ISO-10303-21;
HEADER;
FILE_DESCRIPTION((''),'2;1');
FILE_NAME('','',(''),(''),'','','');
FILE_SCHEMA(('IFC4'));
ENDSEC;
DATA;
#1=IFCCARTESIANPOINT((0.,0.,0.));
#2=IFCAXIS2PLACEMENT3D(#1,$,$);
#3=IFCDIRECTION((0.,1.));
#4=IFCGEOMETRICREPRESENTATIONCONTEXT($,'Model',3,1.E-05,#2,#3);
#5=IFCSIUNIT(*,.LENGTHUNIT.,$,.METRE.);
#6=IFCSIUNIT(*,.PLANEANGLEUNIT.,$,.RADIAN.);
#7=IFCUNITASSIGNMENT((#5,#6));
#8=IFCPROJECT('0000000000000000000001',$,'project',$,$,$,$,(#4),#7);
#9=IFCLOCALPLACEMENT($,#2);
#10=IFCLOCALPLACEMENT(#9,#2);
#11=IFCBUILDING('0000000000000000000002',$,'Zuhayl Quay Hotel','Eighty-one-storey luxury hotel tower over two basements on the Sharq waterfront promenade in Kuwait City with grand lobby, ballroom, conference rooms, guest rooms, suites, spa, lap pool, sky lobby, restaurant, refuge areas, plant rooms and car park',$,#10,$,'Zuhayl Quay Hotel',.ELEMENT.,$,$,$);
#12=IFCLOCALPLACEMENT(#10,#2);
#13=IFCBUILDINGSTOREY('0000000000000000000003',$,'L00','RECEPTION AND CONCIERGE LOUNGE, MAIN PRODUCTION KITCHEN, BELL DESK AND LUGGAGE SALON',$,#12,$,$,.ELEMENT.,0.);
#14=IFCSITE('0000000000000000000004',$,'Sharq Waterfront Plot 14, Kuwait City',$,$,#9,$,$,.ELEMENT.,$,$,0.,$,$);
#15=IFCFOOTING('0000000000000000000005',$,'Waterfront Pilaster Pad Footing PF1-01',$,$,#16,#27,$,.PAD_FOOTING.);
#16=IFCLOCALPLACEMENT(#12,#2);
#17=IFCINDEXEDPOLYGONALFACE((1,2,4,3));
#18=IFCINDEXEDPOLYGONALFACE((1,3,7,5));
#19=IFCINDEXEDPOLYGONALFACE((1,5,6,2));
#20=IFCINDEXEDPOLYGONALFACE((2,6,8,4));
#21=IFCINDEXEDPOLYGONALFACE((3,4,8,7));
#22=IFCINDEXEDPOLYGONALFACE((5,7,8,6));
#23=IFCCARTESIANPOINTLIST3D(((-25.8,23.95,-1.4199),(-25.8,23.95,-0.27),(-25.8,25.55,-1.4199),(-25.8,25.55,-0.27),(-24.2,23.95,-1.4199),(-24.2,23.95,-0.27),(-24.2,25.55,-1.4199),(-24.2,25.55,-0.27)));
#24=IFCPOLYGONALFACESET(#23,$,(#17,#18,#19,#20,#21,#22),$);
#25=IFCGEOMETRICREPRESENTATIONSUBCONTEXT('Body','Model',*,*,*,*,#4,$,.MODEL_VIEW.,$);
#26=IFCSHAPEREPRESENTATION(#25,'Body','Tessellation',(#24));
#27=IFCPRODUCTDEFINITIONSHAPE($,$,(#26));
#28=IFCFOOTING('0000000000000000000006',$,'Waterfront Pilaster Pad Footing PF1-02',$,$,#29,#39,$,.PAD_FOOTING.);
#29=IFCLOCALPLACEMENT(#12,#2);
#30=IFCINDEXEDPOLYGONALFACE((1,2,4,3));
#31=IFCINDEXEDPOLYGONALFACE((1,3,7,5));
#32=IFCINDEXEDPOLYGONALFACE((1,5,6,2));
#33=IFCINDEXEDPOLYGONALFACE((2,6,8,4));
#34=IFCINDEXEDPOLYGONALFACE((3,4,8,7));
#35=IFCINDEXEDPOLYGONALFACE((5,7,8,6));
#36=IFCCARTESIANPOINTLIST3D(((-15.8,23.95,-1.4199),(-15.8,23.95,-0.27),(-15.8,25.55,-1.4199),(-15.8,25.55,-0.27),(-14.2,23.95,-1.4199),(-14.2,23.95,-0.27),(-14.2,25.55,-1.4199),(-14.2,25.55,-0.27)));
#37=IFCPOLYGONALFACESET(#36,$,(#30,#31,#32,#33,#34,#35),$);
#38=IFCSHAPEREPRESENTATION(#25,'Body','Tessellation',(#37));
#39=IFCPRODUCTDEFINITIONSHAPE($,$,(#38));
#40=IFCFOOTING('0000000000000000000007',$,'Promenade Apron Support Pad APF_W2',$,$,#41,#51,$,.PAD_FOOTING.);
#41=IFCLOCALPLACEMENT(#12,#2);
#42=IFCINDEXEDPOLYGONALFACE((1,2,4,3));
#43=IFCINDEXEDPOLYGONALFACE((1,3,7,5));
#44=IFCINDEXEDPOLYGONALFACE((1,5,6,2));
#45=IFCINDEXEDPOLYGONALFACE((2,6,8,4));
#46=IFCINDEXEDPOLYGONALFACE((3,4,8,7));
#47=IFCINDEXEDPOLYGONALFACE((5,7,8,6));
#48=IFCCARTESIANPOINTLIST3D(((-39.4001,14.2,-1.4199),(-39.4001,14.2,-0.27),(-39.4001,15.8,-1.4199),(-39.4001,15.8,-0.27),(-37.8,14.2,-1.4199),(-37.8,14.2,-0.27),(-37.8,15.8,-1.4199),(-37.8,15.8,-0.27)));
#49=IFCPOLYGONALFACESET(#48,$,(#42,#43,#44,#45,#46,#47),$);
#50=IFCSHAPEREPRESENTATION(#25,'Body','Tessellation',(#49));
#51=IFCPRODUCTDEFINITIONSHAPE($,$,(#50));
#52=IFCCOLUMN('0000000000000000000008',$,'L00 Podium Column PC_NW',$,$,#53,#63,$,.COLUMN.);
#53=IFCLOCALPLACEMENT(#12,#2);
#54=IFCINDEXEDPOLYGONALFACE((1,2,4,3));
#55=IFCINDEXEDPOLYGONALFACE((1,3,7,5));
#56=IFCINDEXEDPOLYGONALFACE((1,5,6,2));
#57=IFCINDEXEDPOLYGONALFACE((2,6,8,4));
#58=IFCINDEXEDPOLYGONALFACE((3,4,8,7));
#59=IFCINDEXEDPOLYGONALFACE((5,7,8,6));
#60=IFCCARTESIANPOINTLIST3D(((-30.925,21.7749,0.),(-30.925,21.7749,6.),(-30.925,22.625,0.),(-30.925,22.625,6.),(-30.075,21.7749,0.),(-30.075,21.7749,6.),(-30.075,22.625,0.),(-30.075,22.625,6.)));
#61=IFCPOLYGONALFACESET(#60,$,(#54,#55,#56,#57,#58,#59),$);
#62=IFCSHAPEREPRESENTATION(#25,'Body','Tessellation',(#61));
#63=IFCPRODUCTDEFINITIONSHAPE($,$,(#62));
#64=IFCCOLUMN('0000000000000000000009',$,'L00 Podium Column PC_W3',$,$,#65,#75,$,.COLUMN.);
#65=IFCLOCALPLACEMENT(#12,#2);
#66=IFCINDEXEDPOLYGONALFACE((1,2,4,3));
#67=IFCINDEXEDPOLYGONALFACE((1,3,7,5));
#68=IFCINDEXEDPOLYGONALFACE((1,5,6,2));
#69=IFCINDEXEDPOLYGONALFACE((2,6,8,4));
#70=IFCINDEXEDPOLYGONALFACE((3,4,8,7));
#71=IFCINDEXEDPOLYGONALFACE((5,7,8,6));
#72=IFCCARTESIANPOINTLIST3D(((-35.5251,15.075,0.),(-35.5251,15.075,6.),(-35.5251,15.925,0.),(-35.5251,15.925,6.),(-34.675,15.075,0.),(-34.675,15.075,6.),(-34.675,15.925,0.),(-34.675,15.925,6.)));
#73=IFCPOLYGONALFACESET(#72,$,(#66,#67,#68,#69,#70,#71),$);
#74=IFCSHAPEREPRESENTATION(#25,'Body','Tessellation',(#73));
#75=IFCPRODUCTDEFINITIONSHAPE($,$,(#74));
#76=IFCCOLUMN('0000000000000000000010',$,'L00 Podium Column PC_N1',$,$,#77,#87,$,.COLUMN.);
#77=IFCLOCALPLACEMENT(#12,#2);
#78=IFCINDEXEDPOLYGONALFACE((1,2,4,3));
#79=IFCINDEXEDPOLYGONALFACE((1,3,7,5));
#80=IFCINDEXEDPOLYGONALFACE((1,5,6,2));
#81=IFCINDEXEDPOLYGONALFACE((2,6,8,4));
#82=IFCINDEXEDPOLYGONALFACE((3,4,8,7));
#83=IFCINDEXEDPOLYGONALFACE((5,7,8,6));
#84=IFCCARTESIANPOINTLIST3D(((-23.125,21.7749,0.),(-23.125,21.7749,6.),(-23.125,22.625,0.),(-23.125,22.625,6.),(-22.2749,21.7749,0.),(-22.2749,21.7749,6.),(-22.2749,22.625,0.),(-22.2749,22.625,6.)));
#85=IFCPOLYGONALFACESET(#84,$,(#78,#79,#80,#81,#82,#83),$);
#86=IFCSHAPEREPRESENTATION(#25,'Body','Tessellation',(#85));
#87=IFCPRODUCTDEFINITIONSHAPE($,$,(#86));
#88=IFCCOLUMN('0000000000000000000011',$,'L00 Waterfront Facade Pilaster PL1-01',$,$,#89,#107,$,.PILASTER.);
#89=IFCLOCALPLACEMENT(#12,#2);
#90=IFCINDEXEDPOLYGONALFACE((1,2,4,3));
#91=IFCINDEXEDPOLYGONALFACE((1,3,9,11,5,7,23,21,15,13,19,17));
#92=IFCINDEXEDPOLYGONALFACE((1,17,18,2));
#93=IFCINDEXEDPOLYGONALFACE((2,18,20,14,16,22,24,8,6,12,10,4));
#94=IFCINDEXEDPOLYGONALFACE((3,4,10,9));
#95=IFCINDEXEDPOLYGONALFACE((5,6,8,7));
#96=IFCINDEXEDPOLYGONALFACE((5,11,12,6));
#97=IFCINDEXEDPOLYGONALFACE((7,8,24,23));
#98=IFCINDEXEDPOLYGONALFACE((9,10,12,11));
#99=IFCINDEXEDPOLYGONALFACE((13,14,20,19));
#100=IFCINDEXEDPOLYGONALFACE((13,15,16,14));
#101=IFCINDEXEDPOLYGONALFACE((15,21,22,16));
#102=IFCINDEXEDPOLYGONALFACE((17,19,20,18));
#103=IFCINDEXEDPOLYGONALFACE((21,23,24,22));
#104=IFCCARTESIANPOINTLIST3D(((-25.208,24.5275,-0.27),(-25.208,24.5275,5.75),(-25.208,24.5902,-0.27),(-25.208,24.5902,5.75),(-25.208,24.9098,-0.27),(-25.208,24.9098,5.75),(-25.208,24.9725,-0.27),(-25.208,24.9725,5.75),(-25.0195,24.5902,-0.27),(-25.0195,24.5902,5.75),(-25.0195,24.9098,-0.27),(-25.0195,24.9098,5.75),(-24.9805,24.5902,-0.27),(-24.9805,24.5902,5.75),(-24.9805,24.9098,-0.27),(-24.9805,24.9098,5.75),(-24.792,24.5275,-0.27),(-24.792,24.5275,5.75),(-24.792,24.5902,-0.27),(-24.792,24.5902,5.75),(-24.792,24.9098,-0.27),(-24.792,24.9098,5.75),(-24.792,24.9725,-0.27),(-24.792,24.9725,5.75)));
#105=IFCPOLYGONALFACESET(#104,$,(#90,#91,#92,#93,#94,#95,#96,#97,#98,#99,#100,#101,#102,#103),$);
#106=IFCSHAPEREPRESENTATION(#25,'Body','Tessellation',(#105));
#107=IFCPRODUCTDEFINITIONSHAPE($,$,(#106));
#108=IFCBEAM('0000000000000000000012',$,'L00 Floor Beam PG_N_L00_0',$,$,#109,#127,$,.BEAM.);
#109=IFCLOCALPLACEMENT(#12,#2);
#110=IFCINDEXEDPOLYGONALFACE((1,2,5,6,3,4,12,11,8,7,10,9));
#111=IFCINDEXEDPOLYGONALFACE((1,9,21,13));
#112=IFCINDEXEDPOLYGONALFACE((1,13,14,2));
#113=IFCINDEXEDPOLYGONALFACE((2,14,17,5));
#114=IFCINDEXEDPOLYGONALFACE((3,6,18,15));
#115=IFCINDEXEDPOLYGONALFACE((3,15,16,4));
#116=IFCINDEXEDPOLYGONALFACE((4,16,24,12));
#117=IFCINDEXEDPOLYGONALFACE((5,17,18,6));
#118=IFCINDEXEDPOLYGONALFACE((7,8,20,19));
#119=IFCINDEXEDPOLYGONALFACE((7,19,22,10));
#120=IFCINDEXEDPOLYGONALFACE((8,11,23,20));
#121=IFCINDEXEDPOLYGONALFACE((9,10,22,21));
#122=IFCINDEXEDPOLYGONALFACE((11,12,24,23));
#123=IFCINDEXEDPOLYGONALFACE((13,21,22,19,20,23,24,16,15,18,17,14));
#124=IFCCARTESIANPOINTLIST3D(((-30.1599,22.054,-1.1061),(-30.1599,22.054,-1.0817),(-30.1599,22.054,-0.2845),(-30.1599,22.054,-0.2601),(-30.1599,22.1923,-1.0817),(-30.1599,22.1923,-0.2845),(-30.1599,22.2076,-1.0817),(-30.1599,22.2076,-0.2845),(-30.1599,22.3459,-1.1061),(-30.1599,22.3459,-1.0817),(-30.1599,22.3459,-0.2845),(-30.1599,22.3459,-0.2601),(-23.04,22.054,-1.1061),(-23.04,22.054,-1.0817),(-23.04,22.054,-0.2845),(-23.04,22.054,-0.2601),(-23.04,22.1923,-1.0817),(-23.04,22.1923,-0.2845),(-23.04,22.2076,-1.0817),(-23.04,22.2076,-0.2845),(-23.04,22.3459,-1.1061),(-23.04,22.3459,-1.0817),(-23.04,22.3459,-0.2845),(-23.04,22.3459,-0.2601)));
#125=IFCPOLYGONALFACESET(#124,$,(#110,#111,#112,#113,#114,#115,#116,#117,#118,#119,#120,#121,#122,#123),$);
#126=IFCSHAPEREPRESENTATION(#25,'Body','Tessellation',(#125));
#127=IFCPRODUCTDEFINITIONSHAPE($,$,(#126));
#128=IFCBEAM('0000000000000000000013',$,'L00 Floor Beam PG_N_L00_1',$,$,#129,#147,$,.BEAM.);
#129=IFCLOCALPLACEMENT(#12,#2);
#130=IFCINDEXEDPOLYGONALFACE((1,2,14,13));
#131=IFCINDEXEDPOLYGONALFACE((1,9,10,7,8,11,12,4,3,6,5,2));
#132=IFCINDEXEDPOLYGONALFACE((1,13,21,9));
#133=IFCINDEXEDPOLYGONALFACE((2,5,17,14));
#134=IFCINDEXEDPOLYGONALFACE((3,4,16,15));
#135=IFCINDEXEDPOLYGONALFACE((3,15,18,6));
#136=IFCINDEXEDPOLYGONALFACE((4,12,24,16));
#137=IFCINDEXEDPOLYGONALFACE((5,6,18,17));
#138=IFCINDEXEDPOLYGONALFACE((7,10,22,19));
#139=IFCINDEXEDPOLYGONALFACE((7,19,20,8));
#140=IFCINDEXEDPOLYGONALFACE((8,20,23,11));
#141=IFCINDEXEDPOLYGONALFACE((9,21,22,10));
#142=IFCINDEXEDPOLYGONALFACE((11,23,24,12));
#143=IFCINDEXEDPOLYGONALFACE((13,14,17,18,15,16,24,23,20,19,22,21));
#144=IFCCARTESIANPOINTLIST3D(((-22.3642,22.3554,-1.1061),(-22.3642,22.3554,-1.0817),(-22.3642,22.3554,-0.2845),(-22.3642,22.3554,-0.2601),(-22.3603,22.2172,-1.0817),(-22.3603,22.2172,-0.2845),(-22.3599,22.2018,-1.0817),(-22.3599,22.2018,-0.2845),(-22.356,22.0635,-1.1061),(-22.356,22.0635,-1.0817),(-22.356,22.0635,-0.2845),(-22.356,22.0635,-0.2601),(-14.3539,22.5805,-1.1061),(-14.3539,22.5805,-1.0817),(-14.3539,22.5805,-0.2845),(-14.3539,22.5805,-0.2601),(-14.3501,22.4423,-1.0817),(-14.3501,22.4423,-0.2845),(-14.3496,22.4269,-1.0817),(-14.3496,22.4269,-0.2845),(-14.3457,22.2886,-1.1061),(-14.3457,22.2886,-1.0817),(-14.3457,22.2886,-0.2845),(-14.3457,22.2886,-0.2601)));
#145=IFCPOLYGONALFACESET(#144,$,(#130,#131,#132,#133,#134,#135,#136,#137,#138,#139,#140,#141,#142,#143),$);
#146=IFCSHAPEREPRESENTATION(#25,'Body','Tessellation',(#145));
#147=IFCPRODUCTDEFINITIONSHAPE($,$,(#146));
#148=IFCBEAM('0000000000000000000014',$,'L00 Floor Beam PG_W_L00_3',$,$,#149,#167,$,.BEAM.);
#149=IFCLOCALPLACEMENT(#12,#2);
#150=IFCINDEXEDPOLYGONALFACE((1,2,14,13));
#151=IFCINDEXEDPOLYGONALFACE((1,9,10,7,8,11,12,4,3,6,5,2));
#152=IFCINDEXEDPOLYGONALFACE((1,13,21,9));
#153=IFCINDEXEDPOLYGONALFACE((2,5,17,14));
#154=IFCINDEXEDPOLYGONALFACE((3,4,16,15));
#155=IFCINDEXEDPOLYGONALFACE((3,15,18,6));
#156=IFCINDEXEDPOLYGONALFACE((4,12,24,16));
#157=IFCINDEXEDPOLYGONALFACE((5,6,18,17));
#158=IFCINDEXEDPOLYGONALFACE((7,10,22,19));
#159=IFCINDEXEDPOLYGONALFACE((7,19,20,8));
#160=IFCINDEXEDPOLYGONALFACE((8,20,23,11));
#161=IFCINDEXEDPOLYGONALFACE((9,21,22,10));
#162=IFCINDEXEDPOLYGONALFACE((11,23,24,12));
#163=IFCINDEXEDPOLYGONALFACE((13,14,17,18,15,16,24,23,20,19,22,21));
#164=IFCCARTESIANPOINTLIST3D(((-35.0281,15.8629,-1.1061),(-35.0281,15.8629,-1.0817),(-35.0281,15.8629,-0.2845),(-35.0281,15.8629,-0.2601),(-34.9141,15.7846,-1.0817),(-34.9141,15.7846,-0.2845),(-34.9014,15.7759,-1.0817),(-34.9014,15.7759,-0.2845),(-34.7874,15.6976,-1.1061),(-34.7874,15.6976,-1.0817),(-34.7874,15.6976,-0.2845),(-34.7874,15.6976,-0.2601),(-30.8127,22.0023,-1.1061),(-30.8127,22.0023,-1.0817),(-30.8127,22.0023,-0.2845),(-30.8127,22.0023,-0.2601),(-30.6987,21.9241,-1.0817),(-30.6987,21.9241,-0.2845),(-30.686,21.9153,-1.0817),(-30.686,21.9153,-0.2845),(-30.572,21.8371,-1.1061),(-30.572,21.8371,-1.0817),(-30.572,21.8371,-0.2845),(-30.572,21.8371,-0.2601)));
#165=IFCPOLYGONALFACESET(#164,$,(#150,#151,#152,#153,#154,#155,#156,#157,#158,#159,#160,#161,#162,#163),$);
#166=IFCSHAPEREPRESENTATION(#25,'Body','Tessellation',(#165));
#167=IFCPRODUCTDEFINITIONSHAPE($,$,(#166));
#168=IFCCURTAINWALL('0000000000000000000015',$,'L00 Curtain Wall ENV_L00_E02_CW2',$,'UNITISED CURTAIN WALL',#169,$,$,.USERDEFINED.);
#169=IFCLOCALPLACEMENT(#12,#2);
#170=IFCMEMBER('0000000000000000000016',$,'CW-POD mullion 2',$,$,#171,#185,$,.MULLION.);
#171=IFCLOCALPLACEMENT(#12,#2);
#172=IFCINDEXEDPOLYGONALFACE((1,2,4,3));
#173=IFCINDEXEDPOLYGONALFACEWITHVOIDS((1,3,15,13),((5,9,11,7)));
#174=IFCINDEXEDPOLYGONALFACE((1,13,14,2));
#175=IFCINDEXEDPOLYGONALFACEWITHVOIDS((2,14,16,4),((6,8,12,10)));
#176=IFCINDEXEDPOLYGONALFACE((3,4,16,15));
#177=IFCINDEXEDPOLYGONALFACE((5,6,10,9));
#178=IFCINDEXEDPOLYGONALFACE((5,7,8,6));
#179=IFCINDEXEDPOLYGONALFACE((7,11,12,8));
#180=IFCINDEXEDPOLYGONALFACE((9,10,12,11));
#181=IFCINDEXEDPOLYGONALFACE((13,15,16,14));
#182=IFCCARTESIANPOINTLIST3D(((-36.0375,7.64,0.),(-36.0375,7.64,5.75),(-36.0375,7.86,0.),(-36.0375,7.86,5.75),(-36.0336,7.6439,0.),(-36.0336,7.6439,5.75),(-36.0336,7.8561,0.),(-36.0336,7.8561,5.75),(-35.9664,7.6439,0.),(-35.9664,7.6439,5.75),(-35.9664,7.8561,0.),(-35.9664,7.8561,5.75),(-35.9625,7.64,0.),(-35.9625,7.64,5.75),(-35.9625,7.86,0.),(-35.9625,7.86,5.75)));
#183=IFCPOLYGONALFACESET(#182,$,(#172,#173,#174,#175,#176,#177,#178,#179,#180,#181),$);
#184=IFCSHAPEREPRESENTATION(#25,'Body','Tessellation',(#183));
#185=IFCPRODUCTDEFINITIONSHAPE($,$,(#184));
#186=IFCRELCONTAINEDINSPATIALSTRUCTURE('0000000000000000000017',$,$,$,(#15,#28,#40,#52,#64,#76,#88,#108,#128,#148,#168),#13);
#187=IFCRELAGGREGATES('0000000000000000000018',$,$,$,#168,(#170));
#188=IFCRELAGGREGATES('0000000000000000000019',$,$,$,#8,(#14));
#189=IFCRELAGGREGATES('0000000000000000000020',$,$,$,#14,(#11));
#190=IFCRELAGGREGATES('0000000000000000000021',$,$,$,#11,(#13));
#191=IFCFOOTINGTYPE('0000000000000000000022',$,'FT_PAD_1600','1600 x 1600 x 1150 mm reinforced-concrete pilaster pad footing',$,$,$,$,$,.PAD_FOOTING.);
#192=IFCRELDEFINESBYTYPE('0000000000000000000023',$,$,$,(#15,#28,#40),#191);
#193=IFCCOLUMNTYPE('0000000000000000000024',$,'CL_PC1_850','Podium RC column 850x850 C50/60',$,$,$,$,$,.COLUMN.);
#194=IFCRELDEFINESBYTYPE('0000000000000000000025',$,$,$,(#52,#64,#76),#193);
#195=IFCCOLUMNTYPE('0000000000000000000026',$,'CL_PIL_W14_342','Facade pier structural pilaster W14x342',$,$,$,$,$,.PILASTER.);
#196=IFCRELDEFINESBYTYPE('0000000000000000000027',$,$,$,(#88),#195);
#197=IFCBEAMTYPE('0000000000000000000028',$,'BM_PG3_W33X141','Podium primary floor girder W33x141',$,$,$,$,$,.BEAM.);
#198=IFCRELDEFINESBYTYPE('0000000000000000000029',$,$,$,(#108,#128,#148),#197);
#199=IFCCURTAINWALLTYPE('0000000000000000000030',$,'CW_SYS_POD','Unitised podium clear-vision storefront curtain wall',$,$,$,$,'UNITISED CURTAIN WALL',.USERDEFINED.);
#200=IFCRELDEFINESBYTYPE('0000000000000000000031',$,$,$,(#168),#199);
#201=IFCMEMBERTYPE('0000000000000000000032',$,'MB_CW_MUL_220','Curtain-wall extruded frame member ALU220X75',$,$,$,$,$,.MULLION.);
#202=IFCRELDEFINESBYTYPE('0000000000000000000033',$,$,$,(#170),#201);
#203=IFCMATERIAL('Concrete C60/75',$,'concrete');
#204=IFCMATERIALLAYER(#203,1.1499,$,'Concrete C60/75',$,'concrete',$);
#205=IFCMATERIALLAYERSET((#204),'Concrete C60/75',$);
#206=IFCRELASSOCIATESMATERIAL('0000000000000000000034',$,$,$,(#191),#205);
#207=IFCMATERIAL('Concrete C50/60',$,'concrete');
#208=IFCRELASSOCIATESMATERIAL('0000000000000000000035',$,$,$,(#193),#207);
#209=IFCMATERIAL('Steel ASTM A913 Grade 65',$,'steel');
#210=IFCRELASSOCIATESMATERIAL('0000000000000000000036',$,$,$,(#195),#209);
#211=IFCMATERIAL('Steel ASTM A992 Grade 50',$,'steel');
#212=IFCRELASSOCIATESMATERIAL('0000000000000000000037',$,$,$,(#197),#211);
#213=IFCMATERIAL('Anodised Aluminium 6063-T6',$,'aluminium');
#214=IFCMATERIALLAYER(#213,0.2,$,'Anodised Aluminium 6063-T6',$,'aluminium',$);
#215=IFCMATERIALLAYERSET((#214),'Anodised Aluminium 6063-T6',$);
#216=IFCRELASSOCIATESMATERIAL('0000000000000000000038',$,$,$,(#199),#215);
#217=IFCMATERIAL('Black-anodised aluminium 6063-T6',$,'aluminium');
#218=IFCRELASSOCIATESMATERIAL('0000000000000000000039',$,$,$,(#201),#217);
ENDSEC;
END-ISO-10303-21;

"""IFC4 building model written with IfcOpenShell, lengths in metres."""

from ifc_helpers import new_model, si_unit, direction, frame, origin, origin_2d, place, context, subcontext, project, spatial, rectangle, hollow_rectangle, i_section, extrude, material, layer, layer_set, material_profile, profile_set, type_object, element, aggregate, save


model = new_model("IFC4")

# Units and contexts
model_context = context("Model", 3, precision=1e-05, world=origin(), true_north=direction((0.0, 1.0)))
body_context = subcontext(model_context, "Body", "Model", "MODEL_VIEW")
ifc_project = project(units=[si_unit("LENGTHUNIT", "METRE"), si_unit("PLANEANGLEUNIT", "RADIAN")], contexts=[model_context])

# Site, building, storey
site_placement = place(None, origin())
site = spatial("IfcSite", under=ifc_project, at=site_placement, Name="Sharq Waterfront Plot 14, Kuwait City", CompositionType="ELEMENT", RefElevation=0.0)
building_placement = place(site_placement, origin())
building = spatial("IfcBuilding", under=site, at=building_placement, Name="Zuhayl Quay Hotel", Description="Eighty-one-storey luxury hotel tower over two basements on the Sharq waterfront promenade in Kuwait City with grand lobby, ballroom, conference rooms, guest rooms, suites, spa, lap pool, sky lobby, restaurant, refuge areas, plant rooms and car park", LongName="Zuhayl Quay Hotel", CompositionType="ELEMENT")
storey_placement = place(building_placement, origin())
storey = spatial("IfcBuildingStorey", under=building, at=storey_placement, Name="L00", Description="RECEPTION AND CONCIERGE LOUNGE, MAIN PRODUCTION KITCHEN, BELL DESK AND LUGGAGE SALON", CompositionType="ELEMENT", Elevation=0.0)

# Footings
ifc_material_1 = material(Name="Concrete C60/75", Category="concrete")
ifc_layer_1 = layer(ifc_material_1, 1.1499, Name="Concrete C60/75", Category="concrete")
ifc_layer_set_1 = layer_set([ifc_layer_1], Name="Concrete C60/75")
footing_type = type_object("IfcFootingType", Name="FT_PAD_1600", Description="1600 x 1600 x 1150 mm reinforced-concrete pilaster pad footing", PredefinedType="PAD_FOOTING", material=ifc_layer_set_1)
for number, where, z_axis, x_axis, name in (
    (1, (-25.0, 24.75, -1.4199), (0.0, 0.0, 1.0), (1.0, 0.0, 0.0), "Waterfront Pilaster Pad Footing PF1-01"),
    (2, (-15.0, 24.75, -1.4199), (0.0, 0.0, 1.0), (1.0, 0.0, 0.0), "Waterfront Pilaster Pad Footing PF1-02"),
    (3, (-38.6001, 15.0, -1.4199), (0.0, 0.0, 1.0), (1.0, 0.0, 0.0), "Promenade Apron Support Pad APF_W2"),
):
    element("IfcFooting", number, at=place(storey_placement, frame(where, z_axis=z_axis, x_axis=x_axis)), inside=storey, type_object=footing_type, Name=name, PredefinedType="PAD_FOOTING", context=body_context, shape_type="SweptSolid", body=[
        extrude(rectangle(XDim=1.6001, YDim=1.6001, at=origin_2d()), origin(), (0.0, 0.0, 1.0), 1.1499),
    ])

# Columns
ifc_material_2 = material(Name="Concrete C50/60", Category="concrete")
ifc_material_profile_1 = material_profile(ifc_material_2, rectangle(XDim=0.8501, YDim=0.8501, at=origin_2d()), Name="RC850X850")
ifc_profile_set_1 = profile_set([ifc_material_profile_1], Name="Concrete C50/60")
column_type_1 = type_object("IfcColumnType", Name="CL_PC1_850", Description="Podium RC column 850x850 C50/60", PredefinedType="COLUMN", material=ifc_profile_set_1)
for number, where, z_axis, x_axis, name in (
    (4, (-30.5, 22.2, 0.0), (0.0, 0.0, 1.0), (1.0, 0.0, 0.0), "L00 Podium Column PC_NW"),
    (5, (-35.1001, 15.5, 0.0), (0.0, 0.0, 1.0), (1.0, 0.0, 0.0), "L00 Podium Column PC_W3"),
    (6, (-22.7, 22.2, 0.0), (0.0, 0.0, 1.0), (1.0, 0.0, 0.0), "L00 Podium Column PC_N1"),
):
    element("IfcColumn", number, at=place(storey_placement, frame(where, z_axis=z_axis, x_axis=x_axis)), inside=storey, type_object=column_type_1, Name=name, PredefinedType="COLUMN", context=body_context, shape_type="SweptSolid", body=[
        extrude(rectangle(XDim=0.8501, YDim=0.8501, at=origin_2d()), origin(), (0.0, 0.0, 1.0), 6.0),
    ])
ifc_material_3 = material(Name="Steel ASTM A913 Grade 65", Category="steel")
ifc_material_profile_2 = material_profile(ifc_material_3, i_section(OverallWidth=0.416, OverallDepth=0.4451, WebThickness=0.0391, FlangeThickness=0.0627, at=origin_2d()), Name="W14X342")
ifc_profile_set_2 = profile_set([ifc_material_profile_2], Name="Steel ASTM A913 Grade 65")
column_type_2 = type_object("IfcColumnType", Name="CL_PIL_W14_342", Description="Facade pier structural pilaster W14x342", PredefinedType="PILASTER", material=ifc_profile_set_2)
column_placement = place(storey_placement, frame((-25.0, 24.75, -0.27), z_axis=(0.0, 0.0, 1.0), x_axis=(1.0, 0.0, 0.0)))
element("IfcColumn", 7, at=column_placement, inside=storey, type_object=column_type_2, Name="L00 Waterfront Facade Pilaster PL1-01", PredefinedType="PILASTER", context=body_context, shape_type="SweptSolid", body=[
    extrude(i_section(OverallWidth=0.416, OverallDepth=0.4451, WebThickness=0.0391, FlangeThickness=0.0627, at=origin_2d()), origin(), (0.0, 0.0, 1.0), 6.02),
])

# Beams
ifc_material_4 = material(Name="Steel ASTM A992 Grade 50", Category="steel")
ifc_material_profile_3 = material_profile(ifc_material_4, i_section(OverallWidth=0.292, OverallDepth=0.8459, WebThickness=0.0154, FlangeThickness=0.0244, at=origin_2d()), Name="W33X141")
ifc_profile_set_3 = profile_set([ifc_material_profile_3], Name="Steel ASTM A992 Grade 50")
beam_type = type_object("IfcBeamType", Name="BM_PG3_W33X141", Description="Podium primary floor girder W33x141", PredefinedType="BEAM", material=ifc_profile_set_3)
beam_1_placement = place(storey_placement, frame((-30.1599, 22.2, -0.6831), z_axis=(1.0, 0.0, 0.0), x_axis=(0.0, 1.0, 0.0)))
element("IfcBeam", 8, at=beam_1_placement, inside=storey, type_object=beam_type, Name="L00 Floor Beam PG_N_L00_0", PredefinedType="BEAM", context=body_context, shape_type="SweptSolid", body=[
    extrude(i_section(OverallWidth=0.292, OverallDepth=0.8459, WebThickness=0.0154, FlangeThickness=0.0244, at=origin_2d()), origin(), (0.0, 0.0, 1.0), 7.1199),
])
beam_2_placement = place(storey_placement, frame((-22.3601, 22.2095, -0.6831), z_axis=(0.999605, 0.02809, 0.0), x_axis=(-0.02809, 0.999605, 0.0)))
element("IfcBeam", 9, at=beam_2_placement, inside=storey, type_object=beam_type, Name="L00 Floor Beam PG_N_L00_1", PredefinedType="BEAM", context=body_context, shape_type="SweptSolid", body=[
    extrude(i_section(OverallWidth=0.292, OverallDepth=0.8459, WebThickness=0.0154, FlangeThickness=0.0244, at=origin_2d()), origin(), (0.0, 0.0, 1.0), 8.0134),
])
beam_3_placement = place(storey_placement, frame((-34.9077, 15.7803, -0.6831), z_axis=(0.566026, 0.824387, 0.0), x_axis=(-0.824387, 0.566026, 0.0)))
element("IfcBeam", 10, at=beam_3_placement, inside=storey, type_object=beam_type, Name="L00 Floor Beam PG_W_L00_3", PredefinedType="BEAM", context=body_context, shape_type="SweptSolid", body=[
    extrude(i_section(OverallWidth=0.292, OverallDepth=0.8459, WebThickness=0.0154, FlangeThickness=0.0244, at=origin_2d()), origin(), (0.0, 0.0, 1.0), 7.4473),
])

# Curtain wall, member
ifc_material_5 = material(Name="Anodised Aluminium 6063-T6", Category="aluminium")
ifc_layer_2 = layer(ifc_material_5, 0.2, Name="Anodised Aluminium 6063-T6", Category="aluminium")
ifc_layer_set_2 = layer_set([ifc_layer_2], Name="Anodised Aluminium 6063-T6")
curtain_wall_type = type_object("IfcCurtainWallType", Name="CW_SYS_POD", Description="Unitised podium clear-vision storefront curtain wall", ElementType="UNITISED CURTAIN WALL", PredefinedType="USERDEFINED", material=ifc_layer_set_2)
curtain_wall_1_placement = place(storey_placement, origin())
curtain_wall_1 = element("IfcCurtainWall", 11, at=curtain_wall_1_placement, inside=storey, type_object=curtain_wall_type, Name="L00 Curtain Wall ENV_L00_E02_CW2", ObjectType="UNITISED CURTAIN WALL", PredefinedType="USERDEFINED")
ifc_material_6 = material(Name="Black-anodised aluminium 6063-T6", Category="aluminium")
ifc_material_profile_4 = material_profile(ifc_material_6, hollow_rectangle(XDim=0.075, YDim=0.22, WallThickness=0.0039, at=origin_2d()), Name="ALU220X75")
ifc_profile_set_4 = profile_set([ifc_material_profile_4], Name="Black-anodised aluminium 6063-T6")
member_type_1 = type_object("IfcMemberType", Name="MB_CW_MUL_220", Description="Curtain-wall extruded frame member ALU220X75", PredefinedType="MULLION", material=ifc_profile_set_4)
member_1_placement = place(storey_placement, frame((-36.0, 7.75, 0.0), z_axis=(0.0, 0.0, 1.0), x_axis=(-1.0, 0.0, 0.0)))
member_1 = element("IfcMember", 12, at=member_1_placement, type_object=member_type_1, Name="CW-POD mullion 2", PredefinedType="MULLION", context=body_context, shape_type="SweptSolid", body=[
    extrude(hollow_rectangle(XDim=0.075, YDim=0.22, WallThickness=0.0039, at=origin_2d()), origin(), (0.0, 0.0, 1.0), 5.75),
])

aggregate(curtain_wall_1, [member_1])

save(model, "model.ifc")
